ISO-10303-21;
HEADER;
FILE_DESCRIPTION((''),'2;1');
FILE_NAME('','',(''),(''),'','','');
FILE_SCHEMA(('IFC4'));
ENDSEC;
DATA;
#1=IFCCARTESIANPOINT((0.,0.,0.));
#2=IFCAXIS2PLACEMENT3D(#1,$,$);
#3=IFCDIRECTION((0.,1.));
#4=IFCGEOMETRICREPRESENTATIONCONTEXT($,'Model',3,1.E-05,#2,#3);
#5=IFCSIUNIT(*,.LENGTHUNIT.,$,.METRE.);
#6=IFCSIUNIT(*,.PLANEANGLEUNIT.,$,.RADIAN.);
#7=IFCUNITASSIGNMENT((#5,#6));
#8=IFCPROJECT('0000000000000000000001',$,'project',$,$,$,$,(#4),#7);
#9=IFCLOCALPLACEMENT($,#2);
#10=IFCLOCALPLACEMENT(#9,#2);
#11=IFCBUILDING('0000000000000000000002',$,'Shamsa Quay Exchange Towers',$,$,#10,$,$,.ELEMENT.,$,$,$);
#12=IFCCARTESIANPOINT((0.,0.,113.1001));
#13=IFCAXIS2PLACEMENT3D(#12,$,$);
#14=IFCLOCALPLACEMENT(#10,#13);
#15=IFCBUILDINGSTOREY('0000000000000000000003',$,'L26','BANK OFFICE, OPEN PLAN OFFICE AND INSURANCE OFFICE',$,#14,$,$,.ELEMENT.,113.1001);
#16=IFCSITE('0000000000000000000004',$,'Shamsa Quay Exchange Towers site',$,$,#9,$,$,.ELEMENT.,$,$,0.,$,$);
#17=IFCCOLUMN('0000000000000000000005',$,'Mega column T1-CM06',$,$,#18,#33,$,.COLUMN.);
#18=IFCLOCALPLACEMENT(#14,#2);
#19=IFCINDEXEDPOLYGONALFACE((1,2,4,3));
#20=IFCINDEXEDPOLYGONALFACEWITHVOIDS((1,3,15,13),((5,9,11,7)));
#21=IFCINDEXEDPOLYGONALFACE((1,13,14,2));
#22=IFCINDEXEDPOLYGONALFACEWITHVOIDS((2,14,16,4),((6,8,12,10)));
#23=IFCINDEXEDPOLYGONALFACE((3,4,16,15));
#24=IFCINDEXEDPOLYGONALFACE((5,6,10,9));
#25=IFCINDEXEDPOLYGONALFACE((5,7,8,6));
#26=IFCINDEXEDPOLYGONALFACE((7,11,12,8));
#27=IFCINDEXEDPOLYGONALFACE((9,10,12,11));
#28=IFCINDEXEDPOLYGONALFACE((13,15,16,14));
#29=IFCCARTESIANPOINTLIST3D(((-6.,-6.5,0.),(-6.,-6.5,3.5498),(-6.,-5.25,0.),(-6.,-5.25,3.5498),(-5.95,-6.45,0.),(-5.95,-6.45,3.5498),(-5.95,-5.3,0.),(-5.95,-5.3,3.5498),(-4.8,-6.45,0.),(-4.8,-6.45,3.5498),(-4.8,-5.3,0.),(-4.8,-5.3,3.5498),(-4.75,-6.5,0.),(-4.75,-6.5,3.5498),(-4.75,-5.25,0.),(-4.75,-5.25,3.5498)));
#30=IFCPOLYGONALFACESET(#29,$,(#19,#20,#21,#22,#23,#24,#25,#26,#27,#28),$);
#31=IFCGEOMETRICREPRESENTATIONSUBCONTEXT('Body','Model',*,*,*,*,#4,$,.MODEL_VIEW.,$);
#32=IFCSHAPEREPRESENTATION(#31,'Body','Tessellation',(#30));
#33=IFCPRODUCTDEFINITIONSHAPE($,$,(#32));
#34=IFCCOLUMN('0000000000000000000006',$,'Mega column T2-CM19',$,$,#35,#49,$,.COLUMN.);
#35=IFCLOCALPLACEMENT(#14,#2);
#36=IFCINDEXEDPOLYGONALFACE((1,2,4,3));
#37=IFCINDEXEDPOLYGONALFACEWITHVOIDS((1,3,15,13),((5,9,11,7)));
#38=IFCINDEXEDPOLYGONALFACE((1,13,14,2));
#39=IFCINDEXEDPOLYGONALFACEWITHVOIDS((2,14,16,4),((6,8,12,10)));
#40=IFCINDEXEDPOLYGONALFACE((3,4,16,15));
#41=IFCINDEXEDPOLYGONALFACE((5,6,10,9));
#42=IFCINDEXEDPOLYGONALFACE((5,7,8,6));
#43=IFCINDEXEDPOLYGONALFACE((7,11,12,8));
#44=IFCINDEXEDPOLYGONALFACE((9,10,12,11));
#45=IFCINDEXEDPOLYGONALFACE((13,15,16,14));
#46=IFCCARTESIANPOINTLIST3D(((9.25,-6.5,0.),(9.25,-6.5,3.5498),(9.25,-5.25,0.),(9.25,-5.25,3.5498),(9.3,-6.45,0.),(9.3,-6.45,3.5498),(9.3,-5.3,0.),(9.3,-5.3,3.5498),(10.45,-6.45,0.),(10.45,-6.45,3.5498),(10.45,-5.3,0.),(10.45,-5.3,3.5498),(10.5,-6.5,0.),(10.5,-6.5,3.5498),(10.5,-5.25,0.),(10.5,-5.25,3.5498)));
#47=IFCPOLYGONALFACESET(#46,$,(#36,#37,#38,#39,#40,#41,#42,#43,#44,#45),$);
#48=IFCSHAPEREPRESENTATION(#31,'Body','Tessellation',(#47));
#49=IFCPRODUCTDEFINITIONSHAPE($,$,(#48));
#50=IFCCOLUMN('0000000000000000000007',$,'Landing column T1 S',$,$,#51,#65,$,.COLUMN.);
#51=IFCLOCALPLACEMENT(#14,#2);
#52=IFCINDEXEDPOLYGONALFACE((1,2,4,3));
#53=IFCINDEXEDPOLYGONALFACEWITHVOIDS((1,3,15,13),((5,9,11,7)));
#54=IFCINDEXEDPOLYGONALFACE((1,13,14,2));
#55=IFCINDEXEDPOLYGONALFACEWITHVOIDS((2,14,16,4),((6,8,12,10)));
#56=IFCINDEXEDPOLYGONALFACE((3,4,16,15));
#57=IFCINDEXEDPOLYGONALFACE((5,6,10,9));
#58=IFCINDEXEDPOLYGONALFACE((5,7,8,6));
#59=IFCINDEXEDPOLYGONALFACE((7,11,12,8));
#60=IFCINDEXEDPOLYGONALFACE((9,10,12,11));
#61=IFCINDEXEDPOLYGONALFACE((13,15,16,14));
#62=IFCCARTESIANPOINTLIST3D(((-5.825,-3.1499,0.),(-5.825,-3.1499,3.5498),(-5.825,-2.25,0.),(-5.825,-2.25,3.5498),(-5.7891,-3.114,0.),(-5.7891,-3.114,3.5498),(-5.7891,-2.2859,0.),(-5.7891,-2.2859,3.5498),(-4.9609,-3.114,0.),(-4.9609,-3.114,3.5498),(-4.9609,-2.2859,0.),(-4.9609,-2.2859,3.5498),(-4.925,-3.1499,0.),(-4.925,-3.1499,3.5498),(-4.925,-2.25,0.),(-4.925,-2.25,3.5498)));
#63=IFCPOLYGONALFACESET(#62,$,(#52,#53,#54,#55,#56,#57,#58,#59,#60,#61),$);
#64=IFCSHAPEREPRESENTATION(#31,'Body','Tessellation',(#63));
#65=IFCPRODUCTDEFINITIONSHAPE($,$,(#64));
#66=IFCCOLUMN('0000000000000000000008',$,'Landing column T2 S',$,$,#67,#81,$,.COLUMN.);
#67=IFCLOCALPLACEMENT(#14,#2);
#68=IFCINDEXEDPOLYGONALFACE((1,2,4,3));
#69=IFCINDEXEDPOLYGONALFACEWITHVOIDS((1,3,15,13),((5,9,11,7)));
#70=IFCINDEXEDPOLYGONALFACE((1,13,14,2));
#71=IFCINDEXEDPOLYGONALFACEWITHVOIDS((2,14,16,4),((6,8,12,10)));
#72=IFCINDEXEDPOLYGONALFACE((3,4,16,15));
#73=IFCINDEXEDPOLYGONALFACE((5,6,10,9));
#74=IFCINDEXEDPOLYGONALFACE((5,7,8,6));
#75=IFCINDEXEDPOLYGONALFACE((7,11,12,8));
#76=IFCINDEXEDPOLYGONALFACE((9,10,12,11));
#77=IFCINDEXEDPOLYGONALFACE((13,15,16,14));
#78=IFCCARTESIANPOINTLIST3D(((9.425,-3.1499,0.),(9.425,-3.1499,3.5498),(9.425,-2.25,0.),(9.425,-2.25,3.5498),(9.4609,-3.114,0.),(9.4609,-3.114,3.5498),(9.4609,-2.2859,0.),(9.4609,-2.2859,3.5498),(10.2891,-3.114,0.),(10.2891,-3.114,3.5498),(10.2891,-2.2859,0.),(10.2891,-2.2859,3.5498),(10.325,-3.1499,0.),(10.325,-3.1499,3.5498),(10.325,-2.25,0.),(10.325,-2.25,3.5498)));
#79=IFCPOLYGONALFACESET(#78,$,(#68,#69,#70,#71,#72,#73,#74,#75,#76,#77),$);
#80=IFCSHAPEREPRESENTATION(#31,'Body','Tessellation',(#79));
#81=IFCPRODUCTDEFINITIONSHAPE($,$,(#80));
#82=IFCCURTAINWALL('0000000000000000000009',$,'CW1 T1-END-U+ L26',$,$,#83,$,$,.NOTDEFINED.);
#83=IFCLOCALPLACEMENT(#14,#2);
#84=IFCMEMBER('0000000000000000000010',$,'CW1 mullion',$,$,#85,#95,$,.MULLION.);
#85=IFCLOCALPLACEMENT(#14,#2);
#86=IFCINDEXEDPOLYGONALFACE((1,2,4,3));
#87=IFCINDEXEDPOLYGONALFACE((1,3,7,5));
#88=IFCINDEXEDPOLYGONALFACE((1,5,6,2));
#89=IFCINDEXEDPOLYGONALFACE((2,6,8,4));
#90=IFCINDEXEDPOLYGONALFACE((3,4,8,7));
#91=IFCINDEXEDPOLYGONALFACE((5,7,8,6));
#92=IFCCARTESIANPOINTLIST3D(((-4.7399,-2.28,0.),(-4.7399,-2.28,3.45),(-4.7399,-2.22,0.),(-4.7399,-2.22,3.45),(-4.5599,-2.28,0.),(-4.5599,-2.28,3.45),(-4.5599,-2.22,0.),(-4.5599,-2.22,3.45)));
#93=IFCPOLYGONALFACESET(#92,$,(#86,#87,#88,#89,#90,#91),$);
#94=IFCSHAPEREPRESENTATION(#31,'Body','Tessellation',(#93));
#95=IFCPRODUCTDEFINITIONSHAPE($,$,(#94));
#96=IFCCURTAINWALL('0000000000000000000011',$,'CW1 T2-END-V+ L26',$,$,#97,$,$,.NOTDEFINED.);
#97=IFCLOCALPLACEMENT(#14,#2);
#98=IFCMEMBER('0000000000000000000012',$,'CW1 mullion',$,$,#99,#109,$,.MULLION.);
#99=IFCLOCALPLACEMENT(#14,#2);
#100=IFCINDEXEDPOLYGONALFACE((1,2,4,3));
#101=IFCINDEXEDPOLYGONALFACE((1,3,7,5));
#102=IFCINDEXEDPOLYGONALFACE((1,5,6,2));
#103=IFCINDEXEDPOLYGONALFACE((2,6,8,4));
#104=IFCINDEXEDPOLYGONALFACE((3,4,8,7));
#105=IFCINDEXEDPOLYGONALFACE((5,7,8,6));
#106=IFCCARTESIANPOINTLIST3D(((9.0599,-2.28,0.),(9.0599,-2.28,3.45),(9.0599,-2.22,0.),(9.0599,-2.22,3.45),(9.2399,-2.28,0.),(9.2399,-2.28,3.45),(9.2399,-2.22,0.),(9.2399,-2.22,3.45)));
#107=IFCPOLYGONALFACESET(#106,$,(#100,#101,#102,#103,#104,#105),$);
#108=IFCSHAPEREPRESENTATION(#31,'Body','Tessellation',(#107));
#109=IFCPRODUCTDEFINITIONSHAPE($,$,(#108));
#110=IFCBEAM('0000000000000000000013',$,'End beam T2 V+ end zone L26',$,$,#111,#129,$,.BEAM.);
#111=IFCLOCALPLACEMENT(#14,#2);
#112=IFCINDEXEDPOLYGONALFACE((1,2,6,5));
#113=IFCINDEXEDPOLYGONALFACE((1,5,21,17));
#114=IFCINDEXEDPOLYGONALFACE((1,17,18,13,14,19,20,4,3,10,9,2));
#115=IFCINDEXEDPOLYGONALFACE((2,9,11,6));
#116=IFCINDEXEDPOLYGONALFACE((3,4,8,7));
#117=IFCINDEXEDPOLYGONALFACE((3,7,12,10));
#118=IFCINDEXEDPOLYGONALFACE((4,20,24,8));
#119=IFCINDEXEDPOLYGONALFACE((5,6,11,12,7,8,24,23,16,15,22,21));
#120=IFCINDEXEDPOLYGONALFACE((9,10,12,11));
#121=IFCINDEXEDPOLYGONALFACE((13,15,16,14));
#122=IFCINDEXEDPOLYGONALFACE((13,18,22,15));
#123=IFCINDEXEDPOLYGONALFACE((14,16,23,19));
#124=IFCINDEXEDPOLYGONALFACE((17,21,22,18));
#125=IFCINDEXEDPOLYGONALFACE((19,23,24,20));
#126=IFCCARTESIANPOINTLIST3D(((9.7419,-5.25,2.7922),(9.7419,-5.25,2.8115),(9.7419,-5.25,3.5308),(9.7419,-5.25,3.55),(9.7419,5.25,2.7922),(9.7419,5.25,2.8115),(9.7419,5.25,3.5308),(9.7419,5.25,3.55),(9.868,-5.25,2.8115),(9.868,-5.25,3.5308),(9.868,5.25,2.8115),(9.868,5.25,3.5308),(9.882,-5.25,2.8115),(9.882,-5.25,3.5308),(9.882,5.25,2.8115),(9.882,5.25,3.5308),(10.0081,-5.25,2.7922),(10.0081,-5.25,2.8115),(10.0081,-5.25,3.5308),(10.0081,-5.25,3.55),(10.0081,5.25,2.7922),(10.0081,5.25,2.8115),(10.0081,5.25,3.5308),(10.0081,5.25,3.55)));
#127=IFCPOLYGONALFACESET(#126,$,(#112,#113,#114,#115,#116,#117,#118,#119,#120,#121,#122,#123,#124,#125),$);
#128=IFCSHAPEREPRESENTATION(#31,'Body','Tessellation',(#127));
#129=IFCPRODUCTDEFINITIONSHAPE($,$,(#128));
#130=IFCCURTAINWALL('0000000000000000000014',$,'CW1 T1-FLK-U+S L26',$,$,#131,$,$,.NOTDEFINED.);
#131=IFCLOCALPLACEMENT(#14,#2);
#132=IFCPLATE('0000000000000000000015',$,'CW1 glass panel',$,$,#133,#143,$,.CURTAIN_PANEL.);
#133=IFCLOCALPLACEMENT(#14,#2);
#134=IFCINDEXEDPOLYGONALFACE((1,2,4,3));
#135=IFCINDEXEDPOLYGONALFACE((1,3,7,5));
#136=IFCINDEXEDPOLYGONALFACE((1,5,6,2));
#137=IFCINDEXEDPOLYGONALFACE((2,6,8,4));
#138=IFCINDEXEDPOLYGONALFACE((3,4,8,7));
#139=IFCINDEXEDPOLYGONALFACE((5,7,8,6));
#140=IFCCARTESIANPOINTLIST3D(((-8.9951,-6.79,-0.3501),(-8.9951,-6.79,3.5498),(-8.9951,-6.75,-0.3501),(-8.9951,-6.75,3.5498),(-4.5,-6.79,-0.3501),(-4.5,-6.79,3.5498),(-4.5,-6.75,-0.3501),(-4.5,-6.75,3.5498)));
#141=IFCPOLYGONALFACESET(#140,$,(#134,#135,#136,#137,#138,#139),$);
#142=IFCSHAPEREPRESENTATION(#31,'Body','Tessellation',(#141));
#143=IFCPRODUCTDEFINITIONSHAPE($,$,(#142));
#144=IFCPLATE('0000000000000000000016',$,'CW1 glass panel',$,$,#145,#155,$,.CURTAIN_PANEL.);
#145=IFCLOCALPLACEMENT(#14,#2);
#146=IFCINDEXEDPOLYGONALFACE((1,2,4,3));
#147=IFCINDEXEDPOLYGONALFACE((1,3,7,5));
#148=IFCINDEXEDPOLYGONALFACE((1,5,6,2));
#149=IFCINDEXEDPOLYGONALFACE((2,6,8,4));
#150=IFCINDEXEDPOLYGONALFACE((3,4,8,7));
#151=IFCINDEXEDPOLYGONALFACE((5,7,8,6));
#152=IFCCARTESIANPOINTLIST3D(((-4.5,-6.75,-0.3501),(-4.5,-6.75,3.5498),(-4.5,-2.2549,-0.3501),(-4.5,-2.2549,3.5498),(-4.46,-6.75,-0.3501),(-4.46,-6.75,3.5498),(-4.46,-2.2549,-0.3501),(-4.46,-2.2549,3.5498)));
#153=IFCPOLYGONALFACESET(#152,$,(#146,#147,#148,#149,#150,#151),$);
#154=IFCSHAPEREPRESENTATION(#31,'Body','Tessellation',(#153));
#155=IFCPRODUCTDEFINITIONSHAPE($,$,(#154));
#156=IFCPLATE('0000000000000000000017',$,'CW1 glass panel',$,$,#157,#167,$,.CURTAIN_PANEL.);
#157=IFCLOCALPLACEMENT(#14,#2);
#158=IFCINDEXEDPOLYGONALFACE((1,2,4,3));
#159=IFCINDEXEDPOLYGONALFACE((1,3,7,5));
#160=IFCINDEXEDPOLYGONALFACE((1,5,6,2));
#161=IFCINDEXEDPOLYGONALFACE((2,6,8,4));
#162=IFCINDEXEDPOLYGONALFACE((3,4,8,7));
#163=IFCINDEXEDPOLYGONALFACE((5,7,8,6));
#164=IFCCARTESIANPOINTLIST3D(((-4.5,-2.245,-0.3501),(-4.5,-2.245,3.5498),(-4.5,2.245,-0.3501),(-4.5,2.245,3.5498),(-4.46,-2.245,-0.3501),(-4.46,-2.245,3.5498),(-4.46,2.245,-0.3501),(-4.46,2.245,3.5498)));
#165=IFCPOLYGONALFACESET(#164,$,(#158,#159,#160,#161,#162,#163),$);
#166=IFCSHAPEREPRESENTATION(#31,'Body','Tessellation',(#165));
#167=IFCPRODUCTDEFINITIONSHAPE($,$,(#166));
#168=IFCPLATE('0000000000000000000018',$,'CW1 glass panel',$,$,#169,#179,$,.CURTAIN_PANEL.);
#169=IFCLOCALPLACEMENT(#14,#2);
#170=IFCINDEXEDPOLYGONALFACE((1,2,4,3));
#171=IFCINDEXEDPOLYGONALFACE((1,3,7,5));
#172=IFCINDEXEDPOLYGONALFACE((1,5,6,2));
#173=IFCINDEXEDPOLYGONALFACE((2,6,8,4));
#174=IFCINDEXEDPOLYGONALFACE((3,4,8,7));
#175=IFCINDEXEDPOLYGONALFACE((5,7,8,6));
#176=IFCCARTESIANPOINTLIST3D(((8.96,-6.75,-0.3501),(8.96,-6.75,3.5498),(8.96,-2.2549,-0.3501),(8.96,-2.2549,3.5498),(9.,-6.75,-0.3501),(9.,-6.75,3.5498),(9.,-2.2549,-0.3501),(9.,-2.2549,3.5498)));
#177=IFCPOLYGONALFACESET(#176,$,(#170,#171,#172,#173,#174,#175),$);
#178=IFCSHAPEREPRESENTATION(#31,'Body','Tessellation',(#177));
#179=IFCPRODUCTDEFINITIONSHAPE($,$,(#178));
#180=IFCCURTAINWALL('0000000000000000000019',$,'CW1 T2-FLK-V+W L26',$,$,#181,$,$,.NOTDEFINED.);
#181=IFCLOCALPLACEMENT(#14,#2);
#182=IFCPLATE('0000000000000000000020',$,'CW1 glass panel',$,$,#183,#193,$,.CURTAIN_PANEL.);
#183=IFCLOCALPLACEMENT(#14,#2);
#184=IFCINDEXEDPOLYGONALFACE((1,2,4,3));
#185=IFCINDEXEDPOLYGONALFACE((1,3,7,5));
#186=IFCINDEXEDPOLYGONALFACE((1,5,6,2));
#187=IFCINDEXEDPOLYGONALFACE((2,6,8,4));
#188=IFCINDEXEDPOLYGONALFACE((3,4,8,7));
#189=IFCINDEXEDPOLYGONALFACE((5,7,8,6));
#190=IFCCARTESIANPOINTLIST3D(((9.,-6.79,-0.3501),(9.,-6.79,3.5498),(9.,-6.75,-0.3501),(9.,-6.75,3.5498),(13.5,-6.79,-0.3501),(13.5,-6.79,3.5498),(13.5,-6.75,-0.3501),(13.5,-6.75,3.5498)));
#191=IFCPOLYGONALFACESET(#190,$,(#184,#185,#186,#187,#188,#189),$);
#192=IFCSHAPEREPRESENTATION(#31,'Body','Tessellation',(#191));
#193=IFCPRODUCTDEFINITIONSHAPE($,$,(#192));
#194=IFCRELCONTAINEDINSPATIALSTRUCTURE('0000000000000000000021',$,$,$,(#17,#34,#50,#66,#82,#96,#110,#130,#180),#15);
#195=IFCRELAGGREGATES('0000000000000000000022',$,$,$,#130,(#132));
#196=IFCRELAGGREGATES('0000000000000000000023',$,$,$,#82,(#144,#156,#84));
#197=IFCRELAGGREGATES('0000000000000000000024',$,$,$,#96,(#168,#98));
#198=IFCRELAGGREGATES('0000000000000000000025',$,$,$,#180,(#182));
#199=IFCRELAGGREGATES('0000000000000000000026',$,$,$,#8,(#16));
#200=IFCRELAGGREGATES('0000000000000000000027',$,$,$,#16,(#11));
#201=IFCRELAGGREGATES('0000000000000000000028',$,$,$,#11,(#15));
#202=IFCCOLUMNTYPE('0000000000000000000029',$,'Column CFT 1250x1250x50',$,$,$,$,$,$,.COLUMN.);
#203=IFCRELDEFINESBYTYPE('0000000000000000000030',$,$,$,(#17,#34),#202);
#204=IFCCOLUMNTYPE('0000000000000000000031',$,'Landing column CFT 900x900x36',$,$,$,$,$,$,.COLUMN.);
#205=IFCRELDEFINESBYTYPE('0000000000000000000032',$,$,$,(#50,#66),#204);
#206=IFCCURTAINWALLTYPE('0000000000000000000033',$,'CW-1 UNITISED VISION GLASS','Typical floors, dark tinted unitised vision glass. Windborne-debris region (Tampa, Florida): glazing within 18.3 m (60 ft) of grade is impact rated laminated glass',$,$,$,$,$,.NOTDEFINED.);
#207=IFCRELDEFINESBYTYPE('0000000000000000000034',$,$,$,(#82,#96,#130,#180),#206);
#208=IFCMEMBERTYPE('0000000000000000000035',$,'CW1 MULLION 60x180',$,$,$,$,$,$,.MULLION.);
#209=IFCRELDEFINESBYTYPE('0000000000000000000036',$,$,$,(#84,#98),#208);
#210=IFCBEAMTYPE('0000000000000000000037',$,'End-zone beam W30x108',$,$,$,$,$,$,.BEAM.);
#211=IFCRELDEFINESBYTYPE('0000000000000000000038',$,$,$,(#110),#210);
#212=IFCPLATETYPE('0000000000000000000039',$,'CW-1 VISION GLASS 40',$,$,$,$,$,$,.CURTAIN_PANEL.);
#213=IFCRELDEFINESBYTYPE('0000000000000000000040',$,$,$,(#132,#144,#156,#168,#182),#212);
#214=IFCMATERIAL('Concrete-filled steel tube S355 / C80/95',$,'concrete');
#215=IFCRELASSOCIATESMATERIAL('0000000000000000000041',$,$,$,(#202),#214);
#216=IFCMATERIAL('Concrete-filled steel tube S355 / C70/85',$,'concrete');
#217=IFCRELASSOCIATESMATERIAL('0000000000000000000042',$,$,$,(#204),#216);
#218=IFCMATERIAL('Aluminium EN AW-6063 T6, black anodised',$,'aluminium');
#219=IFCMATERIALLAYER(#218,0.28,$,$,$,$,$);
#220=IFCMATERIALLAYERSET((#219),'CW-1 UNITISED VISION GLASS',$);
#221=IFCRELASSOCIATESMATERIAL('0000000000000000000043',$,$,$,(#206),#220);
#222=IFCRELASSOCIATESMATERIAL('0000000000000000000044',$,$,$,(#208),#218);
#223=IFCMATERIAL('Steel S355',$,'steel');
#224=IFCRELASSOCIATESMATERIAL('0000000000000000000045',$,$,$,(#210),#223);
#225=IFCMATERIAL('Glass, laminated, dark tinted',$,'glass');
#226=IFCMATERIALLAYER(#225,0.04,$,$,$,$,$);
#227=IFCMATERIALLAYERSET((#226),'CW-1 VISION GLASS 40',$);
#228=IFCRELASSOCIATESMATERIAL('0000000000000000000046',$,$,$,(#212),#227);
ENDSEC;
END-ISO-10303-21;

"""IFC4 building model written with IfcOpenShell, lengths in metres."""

from ifc_helpers import new_model, si_unit, direction, frame, origin, origin_2d, place, context, subcontext, project, spatial, rectangle, hollow_rectangle, i_section, extrude, material, layer, layer_set, material_profile, profile_set, type_object, element, aggregate, save


model = new_model("IFC4")

# Units and contexts
model_context = context("Model", 3, precision=1e-05, world=origin(), true_north=direction((0.0, 1.0)))
body_context = subcontext(model_context, "Body", "Model", "MODEL_VIEW")
ifc_project = project(units=[si_unit("LENGTHUNIT", "METRE"), si_unit("PLANEANGLEUNIT", "RADIAN")], contexts=[model_context])

# Site, building, storey
site_placement = place(None, origin())
site = spatial("IfcSite", under=ifc_project, at=site_placement, Name="Shamsa Quay Exchange Towers site", CompositionType="ELEMENT", RefElevation=0.0)
building_placement = place(site_placement, origin())
building = spatial("IfcBuilding", under=site, at=building_placement, Name="Shamsa Quay Exchange Towers", CompositionType="ELEMENT")
storey_placement = place(building_placement, frame((0.0, 0.0, 113.1001)))
storey = spatial("IfcBuildingStorey", under=building, at=storey_placement, Name="L26", Description="BANK OFFICE, OPEN PLAN OFFICE AND INSURANCE OFFICE", CompositionType="ELEMENT", Elevation=113.1001)

# Columns
ifc_material_1 = material(Name="Concrete-filled steel tube S355 / C80/95", Category="concrete")
ifc_material_profile_1 = material_profile(ifc_material_1, hollow_rectangle(XDim=1.25, YDim=1.25, WallThickness=0.05, at=origin_2d()), Name="CFT 1250x1250x50")
ifc_profile_set_1 = profile_set([ifc_material_profile_1], Name="Concrete-filled steel tube S355 / C80/95")
column_type_1 = type_object("IfcColumnType", Name="Column CFT 1250x1250x50", PredefinedType="COLUMN", material=ifc_profile_set_1)
for number, where, name in (
    (1, (-5.375, -5.875, 0.0), "Mega column T1-CM06"),
    (2, (9.875, -5.875, 0.0), "Mega column T2-CM19"),
):
    element("IfcColumn", number, at=place(storey_placement, frame(where)), inside=storey, type_object=column_type_1, Name=name, PredefinedType="COLUMN", context=body_context, shape_type="SweptSolid", body=[
        extrude(hollow_rectangle(XDim=1.25, YDim=1.25, WallThickness=0.05, at=origin_2d()), origin(), (0.0, 0.0, 1.0), 3.5498),
    ])
ifc_material_2 = material(Name="Concrete-filled steel tube S355 / C70/85", Category="concrete")
ifc_material_profile_2 = material_profile(ifc_material_2, hollow_rectangle(XDim=0.8999, YDim=0.8999, WallThickness=0.0359, at=origin_2d()), Name="CFT 900x900x36")
ifc_profile_set_2 = profile_set([ifc_material_profile_2], Name="Concrete-filled steel tube S355 / C70/85")
column_type_2 = type_object("IfcColumnType", Name="Landing column CFT 900x900x36", PredefinedType="COLUMN", material=ifc_profile_set_2)
for number, where, name in (
    (3, (-5.375, -2.7, 0.0), "Landing column T1 S"),
    (4, (9.875, -2.7, 0.0), "Landing column T2 S"),
):
    element("IfcColumn", number, at=place(storey_placement, frame(where)), inside=storey, type_object=column_type_2, Name=name, PredefinedType="COLUMN", context=body_context, shape_type="SweptSolid", body=[
        extrude(hollow_rectangle(XDim=0.8999, YDim=0.8999, WallThickness=0.0359, at=origin_2d()), origin(), (0.0, 0.0, 1.0), 3.5498),
    ])

# Curtain walls, members
ifc_material_3 = material(Name="Aluminium EN AW-6063 T6, black anodised", Category="aluminium")
ifc_layer_1 = layer(ifc_material_3, 0.28)
ifc_layer_set_1 = layer_set([ifc_layer_1], Name="CW-1 UNITISED VISION GLASS")
curtain_wall_type = type_object("IfcCurtainWallType", Name="CW-1 UNITISED VISION GLASS", Description="Typical floors, dark tinted unitised vision glass. Windborne-debris region (Tampa, Florida): glazing within 18.3 m (60 ft) of grade is impact rated laminated glass", PredefinedType="NOTDEFINED", material=ifc_layer_set_1)
curtain_wall_1_placement = place(storey_placement, origin())
curtain_wall_1 = element("IfcCurtainWall", 5, at=curtain_wall_1_placement, inside=storey, type_object=curtain_wall_type, Name="CW1 T1-END-U+ L26", PredefinedType="NOTDEFINED")
ifc_material_profile_3 = material_profile(ifc_material_3, rectangle(XDim=0.1799, YDim=0.0601, at=origin_2d()), Name="MU60x180")
ifc_profile_set_3 = profile_set([ifc_material_profile_3], Name="Aluminium EN AW-6063 T6, black anodised")
member_type = type_object("IfcMemberType", Name="CW1 MULLION 60x180", PredefinedType="MULLION", material=ifc_profile_set_3)
member_1_placement = place(storey_placement, frame((-4.6499, -2.25, 0.0), z_axis=(0.0, 0.0, 1.0), x_axis=(-1.0, 0.0, 0.0)))
member_1 = element("IfcMember", 6, at=member_1_placement, type_object=member_type, Name="CW1 mullion", PredefinedType="MULLION", context=body_context, shape_type="SweptSolid", body=[
    extrude(rectangle(XDim=0.1799, YDim=0.0601, at=origin_2d()), origin(), (0.0, 0.0, 1.0), 3.45),
])
curtain_wall_2_placement = place(storey_placement, origin())
curtain_wall_2 = element("IfcCurtainWall", 7, at=curtain_wall_2_placement, inside=storey, type_object=curtain_wall_type, Name="CW1 T2-END-V+ L26", PredefinedType="NOTDEFINED")
member_2_placement = place(storey_placement, frame((9.1499, -2.25, 0.0)))
member_2 = element("IfcMember", 8, at=member_2_placement, type_object=member_type, Name="CW1 mullion", PredefinedType="MULLION", context=body_context, shape_type="SweptSolid", body=[
    extrude(rectangle(XDim=0.1799, YDim=0.0601, at=origin_2d()), origin(), (0.0, 0.0, 1.0), 3.45),
])

# Beam
ifc_material_4 = material(Name="Steel S355", Category="steel")
ifc_material_profile_4 = material_profile(ifc_material_4, i_section(OverallWidth=0.2661, OverallDepth=0.7578, WebThickness=0.0139, FlangeThickness=0.0193, at=origin_2d()), Name="W30x108")
ifc_profile_set_4 = profile_set([ifc_material_profile_4], Name="Steel S355")
beam_type = type_object("IfcBeamType", Name="End-zone beam W30x108", PredefinedType="BEAM", material=ifc_profile_set_4)
beam_placement = place(storey_placement, frame((9.875, -5.25, 3.1711), z_axis=(0.0, 1.0, 0.0), x_axis=(-1.0, 0.0, 0.0)))
element("IfcBeam", 9, at=beam_placement, inside=storey, type_object=beam_type, Name="End beam T2 V+ end zone L26", PredefinedType="BEAM", context=body_context, shape_type="SweptSolid", body=[
    extrude(i_section(OverallWidth=0.2661, OverallDepth=0.7578, WebThickness=0.0139, FlangeThickness=0.0193, at=origin_2d()), origin(), (0.0, 0.0, 1.0), 10.5),
])

# Curtain wall, plate
curtain_wall_3_placement = place(storey_placement, origin())
curtain_wall_3 = element("IfcCurtainWall", 10, at=curtain_wall_3_placement, inside=storey, type_object=curtain_wall_type, Name="CW1 T1-FLK-U+S L26", PredefinedType="NOTDEFINED")
ifc_material_5 = material(Name="Glass, laminated, dark tinted", Category="glass")
ifc_layer_2 = layer(ifc_material_5, 0.04)
ifc_layer_set_2 = layer_set([ifc_layer_2], Name="CW-1 VISION GLASS 40")
plate_type = type_object("IfcPlateType", Name="CW-1 VISION GLASS 40", PredefinedType="CURTAIN_PANEL", material=ifc_layer_set_2)
plate_1_placement = place(storey_placement, frame((-6.7476, -6.77, -0.3501)))
plate_1 = element("IfcPlate", 11, at=plate_1_placement, type_object=plate_type, Name="CW1 glass panel", PredefinedType="CURTAIN_PANEL", context=body_context, shape_type="SweptSolid", body=[
    extrude(rectangle(XDim=4.4951, YDim=0.04, at=origin_2d()), origin(), (0.0, 0.0, 1.0), 3.8999),
])
aggregate(curtain_wall_3, [plate_1])

# Plates
plate_2_placement = place(storey_placement, frame((-4.48, -4.5024, -0.3501), z_axis=(0.0, 0.0, 1.0), x_axis=(0.0, 1.0, 0.0)))
plate_2 = element("IfcPlate", 12, at=plate_2_placement, type_object=plate_type, Name="CW1 glass panel", PredefinedType="CURTAIN_PANEL", context=body_context, shape_type="SweptSolid", body=[
    extrude(rectangle(XDim=4.4951, YDim=0.04, at=origin_2d()), origin(), (0.0, 0.0, 1.0), 3.8999),
])
plate_3_placement = place(storey_placement, frame((-4.48, 0.0, -0.3501), z_axis=(0.0, 0.0, 1.0), x_axis=(0.0, 1.0, 0.0)))
plate_3 = element("IfcPlate", 13, at=plate_3_placement, type_object=plate_type, Name="CW1 glass panel", PredefinedType="CURTAIN_PANEL", context=body_context, shape_type="SweptSolid", body=[
    extrude(rectangle(XDim=4.49, YDim=0.04, at=origin_2d()), origin(), (0.0, 0.0, 1.0), 3.8999),
])
aggregate(curtain_wall_1, [plate_2, plate_3, member_1])
plate_4_placement = place(storey_placement, frame((8.98, -4.5024, -0.3501), z_axis=(0.0, 0.0, 1.0), x_axis=(0.0, -1.0, 0.0)))
plate_4 = element("IfcPlate", 14, at=plate_4_placement, type_object=plate_type, Name="CW1 glass panel", PredefinedType="CURTAIN_PANEL", context=body_context, shape_type="SweptSolid", body=[
    extrude(rectangle(XDim=4.4951, YDim=0.04, at=origin_2d()), origin(), (0.0, 0.0, 1.0), 3.8999),
])
aggregate(curtain_wall_2, [plate_4, member_2])

# Curtain wall, plate
curtain_wall_4_placement = place(storey_placement, origin())
curtain_wall_4 = element("IfcCurtainWall", 15, at=curtain_wall_4_placement, inside=storey, type_object=curtain_wall_type, Name="CW1 T2-FLK-V+W L26", PredefinedType="NOTDEFINED")
plate_5_placement = place(storey_placement, frame((11.25, -6.77, -0.3501)))
plate_5 = element("IfcPlate", 16, at=plate_5_placement, type_object=plate_type, Name="CW1 glass panel", PredefinedType="CURTAIN_PANEL", context=body_context, shape_type="SweptSolid", body=[
    extrude(rectangle(XDim=4.5, YDim=0.04, at=origin_2d()), origin(), (0.0, 0.0, 1.0), 3.8999),
])
aggregate(curtain_wall_4, [plate_5])

save(model, "model.ifc")
